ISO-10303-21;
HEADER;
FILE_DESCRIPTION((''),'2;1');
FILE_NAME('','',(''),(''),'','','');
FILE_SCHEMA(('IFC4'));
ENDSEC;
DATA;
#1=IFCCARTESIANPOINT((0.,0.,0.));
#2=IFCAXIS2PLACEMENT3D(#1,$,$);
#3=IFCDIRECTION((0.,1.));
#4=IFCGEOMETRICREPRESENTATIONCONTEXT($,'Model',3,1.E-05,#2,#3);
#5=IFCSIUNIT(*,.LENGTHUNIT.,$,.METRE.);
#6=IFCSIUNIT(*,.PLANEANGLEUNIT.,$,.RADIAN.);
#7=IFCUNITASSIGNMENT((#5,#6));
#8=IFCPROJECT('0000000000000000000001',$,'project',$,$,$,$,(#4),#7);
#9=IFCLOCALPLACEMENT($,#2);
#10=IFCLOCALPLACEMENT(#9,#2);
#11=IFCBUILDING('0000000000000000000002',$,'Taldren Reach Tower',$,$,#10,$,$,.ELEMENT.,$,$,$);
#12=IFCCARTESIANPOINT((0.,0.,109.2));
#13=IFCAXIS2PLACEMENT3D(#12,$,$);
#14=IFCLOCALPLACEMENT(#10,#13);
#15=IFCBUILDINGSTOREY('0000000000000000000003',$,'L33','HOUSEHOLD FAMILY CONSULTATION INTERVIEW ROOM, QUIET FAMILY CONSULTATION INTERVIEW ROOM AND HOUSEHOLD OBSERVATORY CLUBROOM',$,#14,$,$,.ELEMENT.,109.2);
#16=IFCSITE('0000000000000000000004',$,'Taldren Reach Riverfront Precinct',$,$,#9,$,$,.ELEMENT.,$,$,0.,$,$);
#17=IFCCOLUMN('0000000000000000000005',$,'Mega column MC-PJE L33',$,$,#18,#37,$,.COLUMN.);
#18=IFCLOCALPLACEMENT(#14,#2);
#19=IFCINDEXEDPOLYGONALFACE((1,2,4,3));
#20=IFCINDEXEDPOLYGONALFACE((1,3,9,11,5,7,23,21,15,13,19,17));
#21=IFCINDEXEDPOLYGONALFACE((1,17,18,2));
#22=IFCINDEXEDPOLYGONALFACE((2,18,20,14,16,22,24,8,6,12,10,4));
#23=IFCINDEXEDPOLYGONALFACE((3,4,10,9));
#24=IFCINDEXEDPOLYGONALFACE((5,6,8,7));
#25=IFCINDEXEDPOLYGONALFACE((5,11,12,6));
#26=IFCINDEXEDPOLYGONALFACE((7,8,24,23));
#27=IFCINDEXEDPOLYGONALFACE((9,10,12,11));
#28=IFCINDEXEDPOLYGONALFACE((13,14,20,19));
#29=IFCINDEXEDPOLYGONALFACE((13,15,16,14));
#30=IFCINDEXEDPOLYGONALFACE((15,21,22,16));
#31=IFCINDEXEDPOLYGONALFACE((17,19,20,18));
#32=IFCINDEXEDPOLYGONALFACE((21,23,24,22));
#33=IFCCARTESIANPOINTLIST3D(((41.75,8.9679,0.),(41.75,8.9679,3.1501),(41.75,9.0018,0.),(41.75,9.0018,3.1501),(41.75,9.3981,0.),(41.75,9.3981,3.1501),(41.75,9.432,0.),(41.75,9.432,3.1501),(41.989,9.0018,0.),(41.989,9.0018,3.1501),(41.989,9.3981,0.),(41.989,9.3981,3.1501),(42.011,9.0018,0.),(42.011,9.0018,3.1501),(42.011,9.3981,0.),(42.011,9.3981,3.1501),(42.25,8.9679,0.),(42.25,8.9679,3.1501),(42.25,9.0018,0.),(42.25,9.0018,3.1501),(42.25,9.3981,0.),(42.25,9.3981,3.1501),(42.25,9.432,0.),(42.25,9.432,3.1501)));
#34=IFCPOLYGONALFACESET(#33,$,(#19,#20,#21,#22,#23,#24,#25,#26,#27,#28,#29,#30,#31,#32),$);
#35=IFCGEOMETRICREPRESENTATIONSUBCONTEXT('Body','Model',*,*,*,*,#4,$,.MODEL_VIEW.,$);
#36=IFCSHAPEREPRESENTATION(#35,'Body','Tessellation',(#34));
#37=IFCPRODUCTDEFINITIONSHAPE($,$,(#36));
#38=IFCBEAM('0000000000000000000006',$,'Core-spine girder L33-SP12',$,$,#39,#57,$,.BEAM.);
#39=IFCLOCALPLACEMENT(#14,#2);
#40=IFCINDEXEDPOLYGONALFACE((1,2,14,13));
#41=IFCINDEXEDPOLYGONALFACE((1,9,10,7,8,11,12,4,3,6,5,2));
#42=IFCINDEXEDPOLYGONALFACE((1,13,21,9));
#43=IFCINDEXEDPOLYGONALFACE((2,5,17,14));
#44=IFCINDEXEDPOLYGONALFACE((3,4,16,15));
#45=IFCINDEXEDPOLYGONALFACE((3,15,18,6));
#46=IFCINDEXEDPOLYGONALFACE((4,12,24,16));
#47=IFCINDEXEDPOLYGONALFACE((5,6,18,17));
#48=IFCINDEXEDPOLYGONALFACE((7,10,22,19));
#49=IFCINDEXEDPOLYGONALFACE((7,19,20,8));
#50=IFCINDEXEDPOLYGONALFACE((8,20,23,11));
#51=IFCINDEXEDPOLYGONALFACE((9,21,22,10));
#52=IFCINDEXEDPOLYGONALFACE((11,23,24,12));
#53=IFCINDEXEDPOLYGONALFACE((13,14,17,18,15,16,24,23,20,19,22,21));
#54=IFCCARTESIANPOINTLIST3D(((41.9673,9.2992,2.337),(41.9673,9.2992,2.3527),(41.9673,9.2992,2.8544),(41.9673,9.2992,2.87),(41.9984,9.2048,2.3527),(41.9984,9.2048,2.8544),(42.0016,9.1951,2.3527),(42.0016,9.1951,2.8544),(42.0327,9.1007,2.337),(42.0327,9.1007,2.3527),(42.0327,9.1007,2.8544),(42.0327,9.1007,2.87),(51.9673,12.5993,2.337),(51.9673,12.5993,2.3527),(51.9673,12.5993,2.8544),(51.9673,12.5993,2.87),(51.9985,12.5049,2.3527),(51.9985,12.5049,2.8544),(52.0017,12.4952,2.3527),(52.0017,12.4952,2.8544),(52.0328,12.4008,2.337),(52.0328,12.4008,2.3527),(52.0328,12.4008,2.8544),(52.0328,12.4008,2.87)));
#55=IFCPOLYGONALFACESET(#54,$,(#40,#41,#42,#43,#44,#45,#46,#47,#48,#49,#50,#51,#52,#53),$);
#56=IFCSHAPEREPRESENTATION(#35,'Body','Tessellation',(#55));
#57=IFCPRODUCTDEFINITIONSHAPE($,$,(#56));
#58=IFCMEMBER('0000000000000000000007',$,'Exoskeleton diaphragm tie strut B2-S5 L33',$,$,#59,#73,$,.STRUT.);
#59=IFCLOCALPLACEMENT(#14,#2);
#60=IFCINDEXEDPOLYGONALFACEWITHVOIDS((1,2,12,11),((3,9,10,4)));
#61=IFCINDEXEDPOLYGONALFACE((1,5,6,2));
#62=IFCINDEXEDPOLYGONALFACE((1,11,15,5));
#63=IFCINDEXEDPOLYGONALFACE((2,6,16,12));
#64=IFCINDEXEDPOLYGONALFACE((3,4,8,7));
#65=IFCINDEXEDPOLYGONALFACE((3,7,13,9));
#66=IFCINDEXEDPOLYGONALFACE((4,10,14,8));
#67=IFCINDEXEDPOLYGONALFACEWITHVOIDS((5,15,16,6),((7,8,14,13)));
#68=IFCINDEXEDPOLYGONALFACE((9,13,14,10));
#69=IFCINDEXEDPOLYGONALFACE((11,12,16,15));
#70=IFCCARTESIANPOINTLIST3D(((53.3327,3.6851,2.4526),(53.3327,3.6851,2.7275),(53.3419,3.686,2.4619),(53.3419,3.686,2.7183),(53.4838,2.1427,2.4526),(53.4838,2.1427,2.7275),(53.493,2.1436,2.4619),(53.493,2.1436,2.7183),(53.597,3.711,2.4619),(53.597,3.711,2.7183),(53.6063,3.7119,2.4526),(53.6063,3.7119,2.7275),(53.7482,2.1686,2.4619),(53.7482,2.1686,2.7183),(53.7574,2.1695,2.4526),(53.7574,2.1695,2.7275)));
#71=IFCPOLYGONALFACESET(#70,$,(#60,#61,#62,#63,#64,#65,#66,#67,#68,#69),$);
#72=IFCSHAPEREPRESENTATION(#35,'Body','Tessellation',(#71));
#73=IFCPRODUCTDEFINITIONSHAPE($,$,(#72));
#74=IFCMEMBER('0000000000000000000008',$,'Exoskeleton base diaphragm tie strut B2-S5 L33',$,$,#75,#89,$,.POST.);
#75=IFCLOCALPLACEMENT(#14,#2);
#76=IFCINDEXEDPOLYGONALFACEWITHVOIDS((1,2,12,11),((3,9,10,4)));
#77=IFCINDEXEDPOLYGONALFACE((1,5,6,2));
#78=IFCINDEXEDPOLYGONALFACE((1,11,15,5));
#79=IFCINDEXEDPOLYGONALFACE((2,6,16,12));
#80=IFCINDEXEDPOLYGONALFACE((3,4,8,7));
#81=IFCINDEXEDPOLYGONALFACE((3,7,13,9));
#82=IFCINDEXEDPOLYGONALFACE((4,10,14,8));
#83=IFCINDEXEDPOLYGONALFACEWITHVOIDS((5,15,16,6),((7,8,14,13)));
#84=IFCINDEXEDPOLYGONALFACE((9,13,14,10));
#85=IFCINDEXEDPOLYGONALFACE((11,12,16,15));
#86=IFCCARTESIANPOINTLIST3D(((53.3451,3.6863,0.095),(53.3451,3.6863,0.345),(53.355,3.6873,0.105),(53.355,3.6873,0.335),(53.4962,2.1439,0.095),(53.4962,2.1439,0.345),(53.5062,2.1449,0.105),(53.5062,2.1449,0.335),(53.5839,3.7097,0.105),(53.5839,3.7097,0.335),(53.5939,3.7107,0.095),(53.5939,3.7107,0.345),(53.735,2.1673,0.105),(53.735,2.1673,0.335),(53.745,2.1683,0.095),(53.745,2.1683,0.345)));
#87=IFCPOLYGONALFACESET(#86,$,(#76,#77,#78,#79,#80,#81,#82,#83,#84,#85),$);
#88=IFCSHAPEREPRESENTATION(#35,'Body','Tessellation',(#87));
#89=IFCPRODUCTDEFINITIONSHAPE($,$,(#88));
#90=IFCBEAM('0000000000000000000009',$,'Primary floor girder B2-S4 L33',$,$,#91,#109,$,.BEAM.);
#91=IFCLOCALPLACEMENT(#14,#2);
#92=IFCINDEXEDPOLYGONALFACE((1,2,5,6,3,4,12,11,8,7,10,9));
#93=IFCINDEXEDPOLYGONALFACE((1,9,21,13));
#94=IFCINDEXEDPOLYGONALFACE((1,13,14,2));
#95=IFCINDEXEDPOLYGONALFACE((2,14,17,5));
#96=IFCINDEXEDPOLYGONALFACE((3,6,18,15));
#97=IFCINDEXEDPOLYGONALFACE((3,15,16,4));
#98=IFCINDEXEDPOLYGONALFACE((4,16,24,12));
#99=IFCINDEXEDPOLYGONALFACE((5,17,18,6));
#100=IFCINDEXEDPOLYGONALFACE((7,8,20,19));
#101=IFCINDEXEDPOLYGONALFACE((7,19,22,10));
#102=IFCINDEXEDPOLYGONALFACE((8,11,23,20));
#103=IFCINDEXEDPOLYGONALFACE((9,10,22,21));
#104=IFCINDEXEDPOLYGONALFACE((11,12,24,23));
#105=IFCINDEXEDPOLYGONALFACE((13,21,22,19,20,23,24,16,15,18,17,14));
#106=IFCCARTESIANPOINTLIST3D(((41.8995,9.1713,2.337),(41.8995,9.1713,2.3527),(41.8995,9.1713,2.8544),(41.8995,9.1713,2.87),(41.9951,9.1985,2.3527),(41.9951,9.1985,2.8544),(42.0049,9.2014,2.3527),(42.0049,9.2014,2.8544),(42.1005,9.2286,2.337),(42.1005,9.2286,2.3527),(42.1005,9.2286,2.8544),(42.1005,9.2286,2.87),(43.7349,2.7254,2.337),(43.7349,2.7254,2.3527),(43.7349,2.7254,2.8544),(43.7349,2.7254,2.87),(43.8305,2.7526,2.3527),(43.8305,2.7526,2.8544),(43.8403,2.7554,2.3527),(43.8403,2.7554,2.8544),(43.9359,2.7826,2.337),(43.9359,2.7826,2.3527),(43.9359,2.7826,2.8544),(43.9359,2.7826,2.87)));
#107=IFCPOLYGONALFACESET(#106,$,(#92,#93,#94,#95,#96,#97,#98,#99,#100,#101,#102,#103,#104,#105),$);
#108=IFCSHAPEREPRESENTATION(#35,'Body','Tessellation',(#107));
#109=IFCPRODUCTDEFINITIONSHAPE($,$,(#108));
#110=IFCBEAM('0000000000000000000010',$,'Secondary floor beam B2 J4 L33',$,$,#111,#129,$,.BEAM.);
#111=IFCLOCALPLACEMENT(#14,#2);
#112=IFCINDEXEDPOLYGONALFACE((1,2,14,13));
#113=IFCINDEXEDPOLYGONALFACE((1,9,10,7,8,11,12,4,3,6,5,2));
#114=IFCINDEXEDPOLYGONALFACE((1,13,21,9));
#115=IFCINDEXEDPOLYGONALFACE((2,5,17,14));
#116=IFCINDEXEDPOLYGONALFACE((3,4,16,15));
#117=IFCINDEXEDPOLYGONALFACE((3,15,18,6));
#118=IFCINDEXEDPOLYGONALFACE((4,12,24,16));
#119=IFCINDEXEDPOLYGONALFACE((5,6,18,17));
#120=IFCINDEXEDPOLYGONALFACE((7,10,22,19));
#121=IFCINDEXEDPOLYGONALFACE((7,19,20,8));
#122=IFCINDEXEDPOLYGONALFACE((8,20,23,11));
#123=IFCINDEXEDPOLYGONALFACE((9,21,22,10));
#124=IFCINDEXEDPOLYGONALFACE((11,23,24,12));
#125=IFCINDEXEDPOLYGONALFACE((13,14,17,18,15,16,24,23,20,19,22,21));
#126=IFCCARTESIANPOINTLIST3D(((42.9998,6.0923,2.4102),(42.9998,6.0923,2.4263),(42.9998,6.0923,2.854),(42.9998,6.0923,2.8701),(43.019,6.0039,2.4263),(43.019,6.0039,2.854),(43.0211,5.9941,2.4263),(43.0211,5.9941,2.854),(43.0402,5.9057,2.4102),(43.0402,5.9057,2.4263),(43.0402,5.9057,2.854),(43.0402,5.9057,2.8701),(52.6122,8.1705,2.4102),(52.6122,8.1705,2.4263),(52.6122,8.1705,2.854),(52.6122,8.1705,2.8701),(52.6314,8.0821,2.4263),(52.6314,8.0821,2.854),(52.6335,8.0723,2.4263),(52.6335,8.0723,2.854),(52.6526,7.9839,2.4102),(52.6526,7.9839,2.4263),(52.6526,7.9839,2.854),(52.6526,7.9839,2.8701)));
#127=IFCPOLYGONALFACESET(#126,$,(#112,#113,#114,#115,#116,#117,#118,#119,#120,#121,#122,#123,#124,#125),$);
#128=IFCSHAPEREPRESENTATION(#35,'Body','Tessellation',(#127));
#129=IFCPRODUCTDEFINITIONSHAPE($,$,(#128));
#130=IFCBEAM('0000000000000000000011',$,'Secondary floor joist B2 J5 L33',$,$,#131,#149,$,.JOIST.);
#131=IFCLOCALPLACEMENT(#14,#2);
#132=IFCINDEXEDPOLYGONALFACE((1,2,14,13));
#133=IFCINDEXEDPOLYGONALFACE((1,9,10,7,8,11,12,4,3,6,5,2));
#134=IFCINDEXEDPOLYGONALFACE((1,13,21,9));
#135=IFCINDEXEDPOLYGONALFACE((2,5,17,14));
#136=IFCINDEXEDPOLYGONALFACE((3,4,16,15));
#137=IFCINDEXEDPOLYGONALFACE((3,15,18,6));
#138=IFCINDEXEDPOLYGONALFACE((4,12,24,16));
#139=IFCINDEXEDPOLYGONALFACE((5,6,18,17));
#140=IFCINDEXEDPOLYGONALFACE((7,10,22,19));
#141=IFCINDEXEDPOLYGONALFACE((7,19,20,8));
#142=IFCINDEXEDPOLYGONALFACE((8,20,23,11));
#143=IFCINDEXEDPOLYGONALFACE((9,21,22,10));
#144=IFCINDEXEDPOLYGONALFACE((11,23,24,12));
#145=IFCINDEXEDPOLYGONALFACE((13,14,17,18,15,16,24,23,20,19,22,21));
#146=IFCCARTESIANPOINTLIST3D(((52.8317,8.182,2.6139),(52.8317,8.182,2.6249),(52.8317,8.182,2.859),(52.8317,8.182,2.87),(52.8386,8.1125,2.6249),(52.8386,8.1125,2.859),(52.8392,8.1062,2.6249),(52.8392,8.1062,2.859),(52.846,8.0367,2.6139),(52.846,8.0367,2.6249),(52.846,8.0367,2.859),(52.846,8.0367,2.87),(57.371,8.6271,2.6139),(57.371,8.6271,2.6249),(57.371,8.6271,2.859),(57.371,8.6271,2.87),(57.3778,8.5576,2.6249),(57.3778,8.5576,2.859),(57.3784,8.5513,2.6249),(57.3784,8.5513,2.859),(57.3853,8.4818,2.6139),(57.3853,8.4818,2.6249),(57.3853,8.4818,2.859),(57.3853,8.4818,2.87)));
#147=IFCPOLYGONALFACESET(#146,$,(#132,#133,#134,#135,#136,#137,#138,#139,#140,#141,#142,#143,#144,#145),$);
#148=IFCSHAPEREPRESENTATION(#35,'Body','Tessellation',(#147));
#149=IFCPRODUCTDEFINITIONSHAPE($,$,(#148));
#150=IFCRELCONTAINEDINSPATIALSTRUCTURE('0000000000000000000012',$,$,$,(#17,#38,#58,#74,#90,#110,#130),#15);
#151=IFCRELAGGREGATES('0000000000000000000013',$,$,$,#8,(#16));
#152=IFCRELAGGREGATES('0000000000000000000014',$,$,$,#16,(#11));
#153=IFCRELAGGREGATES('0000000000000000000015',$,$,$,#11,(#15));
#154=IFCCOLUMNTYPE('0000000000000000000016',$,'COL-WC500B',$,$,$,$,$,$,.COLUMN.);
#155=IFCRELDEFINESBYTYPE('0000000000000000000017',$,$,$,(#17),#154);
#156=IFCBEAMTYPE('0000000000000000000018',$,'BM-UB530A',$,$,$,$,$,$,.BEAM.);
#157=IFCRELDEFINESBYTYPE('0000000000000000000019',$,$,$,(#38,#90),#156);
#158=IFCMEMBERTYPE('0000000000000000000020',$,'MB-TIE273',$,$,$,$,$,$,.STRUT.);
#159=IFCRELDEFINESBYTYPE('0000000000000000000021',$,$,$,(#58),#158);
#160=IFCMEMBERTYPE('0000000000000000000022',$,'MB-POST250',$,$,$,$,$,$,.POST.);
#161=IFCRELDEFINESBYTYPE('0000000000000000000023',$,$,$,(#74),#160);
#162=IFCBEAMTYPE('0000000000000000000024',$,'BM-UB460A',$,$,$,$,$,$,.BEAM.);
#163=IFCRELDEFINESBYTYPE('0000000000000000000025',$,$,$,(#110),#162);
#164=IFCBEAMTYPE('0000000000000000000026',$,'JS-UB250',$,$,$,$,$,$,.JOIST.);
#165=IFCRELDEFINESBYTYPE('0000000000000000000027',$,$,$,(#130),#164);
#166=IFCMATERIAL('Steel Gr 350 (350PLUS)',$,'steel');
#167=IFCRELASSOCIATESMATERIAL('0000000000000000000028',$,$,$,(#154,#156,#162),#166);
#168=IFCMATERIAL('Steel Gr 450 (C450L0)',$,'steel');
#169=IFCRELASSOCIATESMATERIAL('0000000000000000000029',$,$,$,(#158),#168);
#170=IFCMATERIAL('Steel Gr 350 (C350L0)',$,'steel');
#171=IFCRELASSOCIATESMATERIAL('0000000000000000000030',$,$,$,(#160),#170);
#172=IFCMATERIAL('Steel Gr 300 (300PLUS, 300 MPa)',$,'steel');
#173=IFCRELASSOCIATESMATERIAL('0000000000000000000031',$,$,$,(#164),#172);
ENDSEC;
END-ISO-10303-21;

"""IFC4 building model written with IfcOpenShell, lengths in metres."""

from ifc_helpers import new_model, si_unit, direction, frame, origin, origin_2d, place, context, subcontext, project, spatial, hollow_rectangle, i_section, extrude, source, transform, mapped, material, material_profile, profile_set, type_object, element, save


model = new_model("IFC4")

# Units and contexts
model_context = context("Model", 3, precision=1e-05, world=origin(), true_north=direction((0.0, 1.0)))
body_context = subcontext(model_context, "Body", "Model", "MODEL_VIEW")
ifc_project = project(units=[si_unit("LENGTHUNIT", "METRE"), si_unit("PLANEANGLEUNIT", "RADIAN")], contexts=[model_context])

# Site, building, storey
site_placement = place(None, origin())
site = spatial("IfcSite", under=ifc_project, at=site_placement, Name="Taldren Reach Riverfront Precinct", CompositionType="ELEMENT", RefElevation=0.0)
building_placement = place(site_placement, origin())
building = spatial("IfcBuilding", under=site, at=building_placement, Name="Taldren Reach Tower", CompositionType="ELEMENT")
storey_placement = place(building_placement, frame((0.0, 0.0, 109.2)))
storey = spatial("IfcBuildingStorey", under=building, at=storey_placement, Name="L33", Description="HOUSEHOLD FAMILY CONSULTATION INTERVIEW ROOM, QUIET FAMILY CONSULTATION INTERVIEW ROOM AND HOUSEHOLD OBSERVATORY CLUBROOM", CompositionType="ELEMENT", Elevation=109.2)

# Column
ifc_material_1 = material(Name="Steel Gr 350 (350PLUS)", Category="steel")
ifc_material_profile_1 = material_profile(ifc_material_1, i_section(OverallWidth=0.5, OverallDepth=0.4641, WebThickness=0.022, FlangeThickness=0.0339, at=origin_2d()), Name="500WC340")
ifc_profile_set_1 = profile_set([ifc_material_profile_1], Name="Steel Gr 350 (350PLUS)")
column_type = type_object("IfcColumnType", Name="COL-WC500B", PredefinedType="COLUMN", material=ifc_profile_set_1)
shared_shape_1 = source(origin(), body_context, "Body", "SweptSolid", [
    extrude(i_section(OverallWidth=0.5, OverallDepth=0.4641, WebThickness=0.022, FlangeThickness=0.0339, at=origin_2d()), origin(), (0.0, 0.0, 1.0), 3.1501),
])
column_placement = place(storey_placement, frame((42.0, 9.2, 0.0), z_axis=(0.0, 0.0, 1.0), x_axis=(1.0, 0.0, 0.0)))
element("IfcColumn", 1, at=column_placement, inside=storey, type_object=column_type, Name="Mega column MC-PJE L33", PredefinedType="COLUMN", context=body_context, shape_type="MappedRepresentation", body=[
    mapped(shared_shape_1, transform((0.0, 0.0, 0.0), scale=1.0)),
])

# Beam
ifc_material_profile_2 = material_profile(ifc_material_1, i_section(OverallWidth=0.209, OverallDepth=0.533, WebThickness=0.0103, FlangeThickness=0.0156, at=origin_2d()), Name="530UB92.4")
ifc_profile_set_2 = profile_set([ifc_material_profile_2], Name="Steel Gr 350 (350PLUS)")
beam_type_1 = type_object("IfcBeamType", Name="BM-UB530A", PredefinedType="BEAM", material=ifc_profile_set_2)
shared_shape_2 = source(origin(), body_context, "Body", "SweptSolid", [
    extrude(i_section(OverallWidth=0.209, OverallDepth=0.533, WebThickness=0.0103, FlangeThickness=0.0156, at=origin_2d()), origin(), (0.0, 0.0, 1.0), 10.5305),
])
beam_1_placement = place(storey_placement, frame((42.0, 9.2, 2.6035), z_axis=(0.949627, 0.313382, 0.0), x_axis=(-0.313382, 0.949627, 0.0)))
element("IfcBeam", 2, at=beam_1_placement, inside=storey, type_object=beam_type_1, Name="Core-spine girder L33-SP12", PredefinedType="BEAM", context=body_context, shape_type="MappedRepresentation", body=[
    mapped(shared_shape_2, transform((0.0, 0.0, 0.0), scale=1.0)),
])

# Members
ifc_material_2 = material(Name="Steel Gr 450 (C450L0)", Category="steel")
ifc_material_profile_3 = material_profile(ifc_material_2, hollow_rectangle(XDim=0.2749, YDim=0.2749, WallThickness=0.0093, at=origin_2d()), Name="275x275x9.3SHS")
ifc_profile_set_3 = profile_set([ifc_material_profile_3], Name="Steel Gr 450 (C450L0)")
member_type_1 = type_object("IfcMemberType", Name="MB-TIE273", PredefinedType="STRUT", material=ifc_profile_set_3)
shared_shape_3 = source(origin(), body_context, "Body", "SweptSolid", [
    extrude(hollow_rectangle(XDim=0.2749, YDim=0.2749, WallThickness=0.0093, at=origin_2d()), origin(), (0.0, 0.0, 1.0), 1.5498),
])
member_1_placement = place(storey_placement, frame((53.4695, 3.6985, 2.5901), z_axis=(0.097507, -0.995235, 0.0), x_axis=(0.995235, 0.097507, 0.0)))
element("IfcMember", 3, at=member_1_placement, inside=storey, type_object=member_type_1, Name="Exoskeleton diaphragm tie strut B2-S5 L33", PredefinedType="STRUT", context=body_context, shape_type="MappedRepresentation", body=[
    mapped(shared_shape_3, transform((0.0, 0.0, 0.0), scale=1.0)),
])
ifc_material_3 = material(Name="Steel Gr 350 (C350L0)", Category="steel")
ifc_material_profile_4 = material_profile(ifc_material_3, hollow_rectangle(XDim=0.25, YDim=0.25, WallThickness=0.01, at=origin_2d()), Name="250x250x10.0SHS")
ifc_profile_set_4 = profile_set([ifc_material_profile_4], Name="Steel Gr 350 (C350L0)")
member_type_2 = type_object("IfcMemberType", Name="MB-POST250", PredefinedType="POST", material=ifc_profile_set_4)
shared_shape_4 = source(origin(), body_context, "Body", "SweptSolid", [
    extrude(hollow_rectangle(XDim=0.25, YDim=0.25, WallThickness=0.01, at=origin_2d()), origin(), (0.0, 0.0, 1.0), 1.5498),
])
member_2_placement = place(storey_placement, frame((53.4695, 3.6985, 0.22), z_axis=(0.097507, -0.995235, 0.0), x_axis=(0.995235, 0.097507, 0.0)))
element("IfcMember", 4, at=member_2_placement, inside=storey, type_object=member_type_2, Name="Exoskeleton base diaphragm tie strut B2-S5 L33", PredefinedType="POST", context=body_context, shape_type="MappedRepresentation", body=[
    mapped(shared_shape_4, transform((0.0, 0.0, 0.0), scale=1.0)),
])

# Beams
shared_shape_5 = source(origin(), body_context, "Body", "SweptSolid", [
    extrude(i_section(OverallWidth=0.209, OverallDepth=0.533, WebThickness=0.0103, FlangeThickness=0.0156, at=origin_2d()), origin(), (0.0, 0.0, 1.0), 6.7021),
])
beam_2_placement = place(storey_placement, frame((42.0, 9.2, 2.6035), z_axis=(0.273855, -0.961771, 0.0), x_axis=(0.961771, 0.273855, 0.0)))
element("IfcBeam", 5, at=beam_2_placement, inside=storey, type_object=beam_type_1, Name="Primary floor girder B2-S4 L33", PredefinedType="BEAM", context=body_context, shape_type="MappedRepresentation", body=[
    mapped(shared_shape_5, transform((0.0, 0.0, 0.0), scale=1.0)),
])
ifc_material_profile_5 = material_profile(ifc_material_1, i_section(OverallWidth=0.1909, OverallDepth=0.46, WebThickness=0.01, FlangeThickness=0.0161, at=origin_2d()), Name="460UB82.1")
ifc_profile_set_5 = profile_set([ifc_material_profile_5], Name="Steel Gr 350 (350PLUS)")
beam_type_2 = type_object("IfcBeamType", Name="BM-UB460A", PredefinedType="BEAM", material=ifc_profile_set_5)
shared_shape_6 = source(origin(), body_context, "Body", "SweptSolid", [
    extrude(i_section(OverallWidth=0.1909, OverallDepth=0.46, WebThickness=0.01, FlangeThickness=0.0161, at=origin_2d()), origin(), (0.0, 0.0, 1.0), 9.8345),
])
beam_3_placement = place(storey_placement, frame((43.02, 5.999, 2.6401), z_axis=(0.977419, 0.211312, 0.0), x_axis=(-0.211312, 0.977419, 0.0)))
element("IfcBeam", 6, at=beam_3_placement, inside=storey, type_object=beam_type_2, Name="Secondary floor beam B2 J4 L33", PredefinedType="BEAM", context=body_context, shape_type="MappedRepresentation", body=[
    mapped(shared_shape_6, transform((0.0, 0.0, 0.0), scale=1.0)),
])
ifc_material_4 = material(Name="Steel Gr 300 (300PLUS, 300 MPa)", Category="steel")
ifc_material_profile_6 = material_profile(ifc_material_4, i_section(OverallWidth=0.146, OverallDepth=0.2561, WebThickness=0.0063, FlangeThickness=0.011, at=origin_2d()), Name="250UB37.3")
ifc_profile_set_6 = profile_set([ifc_material_profile_6], Name="Steel Gr 300 (300PLUS, 300 MPa)")
beam_type_3 = type_object("IfcBeamType", Name="JS-UB250", PredefinedType="JOIST", material=ifc_profile_set_6)
shared_shape_7 = source(origin(), body_context, "Body", "SweptSolid", [
    extrude(i_section(OverallWidth=0.146, OverallDepth=0.2561, WebThickness=0.0063, FlangeThickness=0.011, at=origin_2d()), origin(), (0.0, 0.0, 1.0), 4.561),
])
beam_4_placement = place(storey_placement, frame((52.8389, 8.1094, 2.7419), z_axis=(0.995228, 0.09758, 0.0), x_axis=(-0.09758, 0.995228, 0.0)))
element("IfcBeam", 7, at=beam_4_placement, inside=storey, type_object=beam_type_3, Name="Secondary floor joist B2 J5 L33", PredefinedType="JOIST", context=body_context, shape_type="MappedRepresentation", body=[
    mapped(shared_shape_7, transform((0.0, 0.0, 0.0), scale=1.0)),
])

save(model, "model.ifc")
